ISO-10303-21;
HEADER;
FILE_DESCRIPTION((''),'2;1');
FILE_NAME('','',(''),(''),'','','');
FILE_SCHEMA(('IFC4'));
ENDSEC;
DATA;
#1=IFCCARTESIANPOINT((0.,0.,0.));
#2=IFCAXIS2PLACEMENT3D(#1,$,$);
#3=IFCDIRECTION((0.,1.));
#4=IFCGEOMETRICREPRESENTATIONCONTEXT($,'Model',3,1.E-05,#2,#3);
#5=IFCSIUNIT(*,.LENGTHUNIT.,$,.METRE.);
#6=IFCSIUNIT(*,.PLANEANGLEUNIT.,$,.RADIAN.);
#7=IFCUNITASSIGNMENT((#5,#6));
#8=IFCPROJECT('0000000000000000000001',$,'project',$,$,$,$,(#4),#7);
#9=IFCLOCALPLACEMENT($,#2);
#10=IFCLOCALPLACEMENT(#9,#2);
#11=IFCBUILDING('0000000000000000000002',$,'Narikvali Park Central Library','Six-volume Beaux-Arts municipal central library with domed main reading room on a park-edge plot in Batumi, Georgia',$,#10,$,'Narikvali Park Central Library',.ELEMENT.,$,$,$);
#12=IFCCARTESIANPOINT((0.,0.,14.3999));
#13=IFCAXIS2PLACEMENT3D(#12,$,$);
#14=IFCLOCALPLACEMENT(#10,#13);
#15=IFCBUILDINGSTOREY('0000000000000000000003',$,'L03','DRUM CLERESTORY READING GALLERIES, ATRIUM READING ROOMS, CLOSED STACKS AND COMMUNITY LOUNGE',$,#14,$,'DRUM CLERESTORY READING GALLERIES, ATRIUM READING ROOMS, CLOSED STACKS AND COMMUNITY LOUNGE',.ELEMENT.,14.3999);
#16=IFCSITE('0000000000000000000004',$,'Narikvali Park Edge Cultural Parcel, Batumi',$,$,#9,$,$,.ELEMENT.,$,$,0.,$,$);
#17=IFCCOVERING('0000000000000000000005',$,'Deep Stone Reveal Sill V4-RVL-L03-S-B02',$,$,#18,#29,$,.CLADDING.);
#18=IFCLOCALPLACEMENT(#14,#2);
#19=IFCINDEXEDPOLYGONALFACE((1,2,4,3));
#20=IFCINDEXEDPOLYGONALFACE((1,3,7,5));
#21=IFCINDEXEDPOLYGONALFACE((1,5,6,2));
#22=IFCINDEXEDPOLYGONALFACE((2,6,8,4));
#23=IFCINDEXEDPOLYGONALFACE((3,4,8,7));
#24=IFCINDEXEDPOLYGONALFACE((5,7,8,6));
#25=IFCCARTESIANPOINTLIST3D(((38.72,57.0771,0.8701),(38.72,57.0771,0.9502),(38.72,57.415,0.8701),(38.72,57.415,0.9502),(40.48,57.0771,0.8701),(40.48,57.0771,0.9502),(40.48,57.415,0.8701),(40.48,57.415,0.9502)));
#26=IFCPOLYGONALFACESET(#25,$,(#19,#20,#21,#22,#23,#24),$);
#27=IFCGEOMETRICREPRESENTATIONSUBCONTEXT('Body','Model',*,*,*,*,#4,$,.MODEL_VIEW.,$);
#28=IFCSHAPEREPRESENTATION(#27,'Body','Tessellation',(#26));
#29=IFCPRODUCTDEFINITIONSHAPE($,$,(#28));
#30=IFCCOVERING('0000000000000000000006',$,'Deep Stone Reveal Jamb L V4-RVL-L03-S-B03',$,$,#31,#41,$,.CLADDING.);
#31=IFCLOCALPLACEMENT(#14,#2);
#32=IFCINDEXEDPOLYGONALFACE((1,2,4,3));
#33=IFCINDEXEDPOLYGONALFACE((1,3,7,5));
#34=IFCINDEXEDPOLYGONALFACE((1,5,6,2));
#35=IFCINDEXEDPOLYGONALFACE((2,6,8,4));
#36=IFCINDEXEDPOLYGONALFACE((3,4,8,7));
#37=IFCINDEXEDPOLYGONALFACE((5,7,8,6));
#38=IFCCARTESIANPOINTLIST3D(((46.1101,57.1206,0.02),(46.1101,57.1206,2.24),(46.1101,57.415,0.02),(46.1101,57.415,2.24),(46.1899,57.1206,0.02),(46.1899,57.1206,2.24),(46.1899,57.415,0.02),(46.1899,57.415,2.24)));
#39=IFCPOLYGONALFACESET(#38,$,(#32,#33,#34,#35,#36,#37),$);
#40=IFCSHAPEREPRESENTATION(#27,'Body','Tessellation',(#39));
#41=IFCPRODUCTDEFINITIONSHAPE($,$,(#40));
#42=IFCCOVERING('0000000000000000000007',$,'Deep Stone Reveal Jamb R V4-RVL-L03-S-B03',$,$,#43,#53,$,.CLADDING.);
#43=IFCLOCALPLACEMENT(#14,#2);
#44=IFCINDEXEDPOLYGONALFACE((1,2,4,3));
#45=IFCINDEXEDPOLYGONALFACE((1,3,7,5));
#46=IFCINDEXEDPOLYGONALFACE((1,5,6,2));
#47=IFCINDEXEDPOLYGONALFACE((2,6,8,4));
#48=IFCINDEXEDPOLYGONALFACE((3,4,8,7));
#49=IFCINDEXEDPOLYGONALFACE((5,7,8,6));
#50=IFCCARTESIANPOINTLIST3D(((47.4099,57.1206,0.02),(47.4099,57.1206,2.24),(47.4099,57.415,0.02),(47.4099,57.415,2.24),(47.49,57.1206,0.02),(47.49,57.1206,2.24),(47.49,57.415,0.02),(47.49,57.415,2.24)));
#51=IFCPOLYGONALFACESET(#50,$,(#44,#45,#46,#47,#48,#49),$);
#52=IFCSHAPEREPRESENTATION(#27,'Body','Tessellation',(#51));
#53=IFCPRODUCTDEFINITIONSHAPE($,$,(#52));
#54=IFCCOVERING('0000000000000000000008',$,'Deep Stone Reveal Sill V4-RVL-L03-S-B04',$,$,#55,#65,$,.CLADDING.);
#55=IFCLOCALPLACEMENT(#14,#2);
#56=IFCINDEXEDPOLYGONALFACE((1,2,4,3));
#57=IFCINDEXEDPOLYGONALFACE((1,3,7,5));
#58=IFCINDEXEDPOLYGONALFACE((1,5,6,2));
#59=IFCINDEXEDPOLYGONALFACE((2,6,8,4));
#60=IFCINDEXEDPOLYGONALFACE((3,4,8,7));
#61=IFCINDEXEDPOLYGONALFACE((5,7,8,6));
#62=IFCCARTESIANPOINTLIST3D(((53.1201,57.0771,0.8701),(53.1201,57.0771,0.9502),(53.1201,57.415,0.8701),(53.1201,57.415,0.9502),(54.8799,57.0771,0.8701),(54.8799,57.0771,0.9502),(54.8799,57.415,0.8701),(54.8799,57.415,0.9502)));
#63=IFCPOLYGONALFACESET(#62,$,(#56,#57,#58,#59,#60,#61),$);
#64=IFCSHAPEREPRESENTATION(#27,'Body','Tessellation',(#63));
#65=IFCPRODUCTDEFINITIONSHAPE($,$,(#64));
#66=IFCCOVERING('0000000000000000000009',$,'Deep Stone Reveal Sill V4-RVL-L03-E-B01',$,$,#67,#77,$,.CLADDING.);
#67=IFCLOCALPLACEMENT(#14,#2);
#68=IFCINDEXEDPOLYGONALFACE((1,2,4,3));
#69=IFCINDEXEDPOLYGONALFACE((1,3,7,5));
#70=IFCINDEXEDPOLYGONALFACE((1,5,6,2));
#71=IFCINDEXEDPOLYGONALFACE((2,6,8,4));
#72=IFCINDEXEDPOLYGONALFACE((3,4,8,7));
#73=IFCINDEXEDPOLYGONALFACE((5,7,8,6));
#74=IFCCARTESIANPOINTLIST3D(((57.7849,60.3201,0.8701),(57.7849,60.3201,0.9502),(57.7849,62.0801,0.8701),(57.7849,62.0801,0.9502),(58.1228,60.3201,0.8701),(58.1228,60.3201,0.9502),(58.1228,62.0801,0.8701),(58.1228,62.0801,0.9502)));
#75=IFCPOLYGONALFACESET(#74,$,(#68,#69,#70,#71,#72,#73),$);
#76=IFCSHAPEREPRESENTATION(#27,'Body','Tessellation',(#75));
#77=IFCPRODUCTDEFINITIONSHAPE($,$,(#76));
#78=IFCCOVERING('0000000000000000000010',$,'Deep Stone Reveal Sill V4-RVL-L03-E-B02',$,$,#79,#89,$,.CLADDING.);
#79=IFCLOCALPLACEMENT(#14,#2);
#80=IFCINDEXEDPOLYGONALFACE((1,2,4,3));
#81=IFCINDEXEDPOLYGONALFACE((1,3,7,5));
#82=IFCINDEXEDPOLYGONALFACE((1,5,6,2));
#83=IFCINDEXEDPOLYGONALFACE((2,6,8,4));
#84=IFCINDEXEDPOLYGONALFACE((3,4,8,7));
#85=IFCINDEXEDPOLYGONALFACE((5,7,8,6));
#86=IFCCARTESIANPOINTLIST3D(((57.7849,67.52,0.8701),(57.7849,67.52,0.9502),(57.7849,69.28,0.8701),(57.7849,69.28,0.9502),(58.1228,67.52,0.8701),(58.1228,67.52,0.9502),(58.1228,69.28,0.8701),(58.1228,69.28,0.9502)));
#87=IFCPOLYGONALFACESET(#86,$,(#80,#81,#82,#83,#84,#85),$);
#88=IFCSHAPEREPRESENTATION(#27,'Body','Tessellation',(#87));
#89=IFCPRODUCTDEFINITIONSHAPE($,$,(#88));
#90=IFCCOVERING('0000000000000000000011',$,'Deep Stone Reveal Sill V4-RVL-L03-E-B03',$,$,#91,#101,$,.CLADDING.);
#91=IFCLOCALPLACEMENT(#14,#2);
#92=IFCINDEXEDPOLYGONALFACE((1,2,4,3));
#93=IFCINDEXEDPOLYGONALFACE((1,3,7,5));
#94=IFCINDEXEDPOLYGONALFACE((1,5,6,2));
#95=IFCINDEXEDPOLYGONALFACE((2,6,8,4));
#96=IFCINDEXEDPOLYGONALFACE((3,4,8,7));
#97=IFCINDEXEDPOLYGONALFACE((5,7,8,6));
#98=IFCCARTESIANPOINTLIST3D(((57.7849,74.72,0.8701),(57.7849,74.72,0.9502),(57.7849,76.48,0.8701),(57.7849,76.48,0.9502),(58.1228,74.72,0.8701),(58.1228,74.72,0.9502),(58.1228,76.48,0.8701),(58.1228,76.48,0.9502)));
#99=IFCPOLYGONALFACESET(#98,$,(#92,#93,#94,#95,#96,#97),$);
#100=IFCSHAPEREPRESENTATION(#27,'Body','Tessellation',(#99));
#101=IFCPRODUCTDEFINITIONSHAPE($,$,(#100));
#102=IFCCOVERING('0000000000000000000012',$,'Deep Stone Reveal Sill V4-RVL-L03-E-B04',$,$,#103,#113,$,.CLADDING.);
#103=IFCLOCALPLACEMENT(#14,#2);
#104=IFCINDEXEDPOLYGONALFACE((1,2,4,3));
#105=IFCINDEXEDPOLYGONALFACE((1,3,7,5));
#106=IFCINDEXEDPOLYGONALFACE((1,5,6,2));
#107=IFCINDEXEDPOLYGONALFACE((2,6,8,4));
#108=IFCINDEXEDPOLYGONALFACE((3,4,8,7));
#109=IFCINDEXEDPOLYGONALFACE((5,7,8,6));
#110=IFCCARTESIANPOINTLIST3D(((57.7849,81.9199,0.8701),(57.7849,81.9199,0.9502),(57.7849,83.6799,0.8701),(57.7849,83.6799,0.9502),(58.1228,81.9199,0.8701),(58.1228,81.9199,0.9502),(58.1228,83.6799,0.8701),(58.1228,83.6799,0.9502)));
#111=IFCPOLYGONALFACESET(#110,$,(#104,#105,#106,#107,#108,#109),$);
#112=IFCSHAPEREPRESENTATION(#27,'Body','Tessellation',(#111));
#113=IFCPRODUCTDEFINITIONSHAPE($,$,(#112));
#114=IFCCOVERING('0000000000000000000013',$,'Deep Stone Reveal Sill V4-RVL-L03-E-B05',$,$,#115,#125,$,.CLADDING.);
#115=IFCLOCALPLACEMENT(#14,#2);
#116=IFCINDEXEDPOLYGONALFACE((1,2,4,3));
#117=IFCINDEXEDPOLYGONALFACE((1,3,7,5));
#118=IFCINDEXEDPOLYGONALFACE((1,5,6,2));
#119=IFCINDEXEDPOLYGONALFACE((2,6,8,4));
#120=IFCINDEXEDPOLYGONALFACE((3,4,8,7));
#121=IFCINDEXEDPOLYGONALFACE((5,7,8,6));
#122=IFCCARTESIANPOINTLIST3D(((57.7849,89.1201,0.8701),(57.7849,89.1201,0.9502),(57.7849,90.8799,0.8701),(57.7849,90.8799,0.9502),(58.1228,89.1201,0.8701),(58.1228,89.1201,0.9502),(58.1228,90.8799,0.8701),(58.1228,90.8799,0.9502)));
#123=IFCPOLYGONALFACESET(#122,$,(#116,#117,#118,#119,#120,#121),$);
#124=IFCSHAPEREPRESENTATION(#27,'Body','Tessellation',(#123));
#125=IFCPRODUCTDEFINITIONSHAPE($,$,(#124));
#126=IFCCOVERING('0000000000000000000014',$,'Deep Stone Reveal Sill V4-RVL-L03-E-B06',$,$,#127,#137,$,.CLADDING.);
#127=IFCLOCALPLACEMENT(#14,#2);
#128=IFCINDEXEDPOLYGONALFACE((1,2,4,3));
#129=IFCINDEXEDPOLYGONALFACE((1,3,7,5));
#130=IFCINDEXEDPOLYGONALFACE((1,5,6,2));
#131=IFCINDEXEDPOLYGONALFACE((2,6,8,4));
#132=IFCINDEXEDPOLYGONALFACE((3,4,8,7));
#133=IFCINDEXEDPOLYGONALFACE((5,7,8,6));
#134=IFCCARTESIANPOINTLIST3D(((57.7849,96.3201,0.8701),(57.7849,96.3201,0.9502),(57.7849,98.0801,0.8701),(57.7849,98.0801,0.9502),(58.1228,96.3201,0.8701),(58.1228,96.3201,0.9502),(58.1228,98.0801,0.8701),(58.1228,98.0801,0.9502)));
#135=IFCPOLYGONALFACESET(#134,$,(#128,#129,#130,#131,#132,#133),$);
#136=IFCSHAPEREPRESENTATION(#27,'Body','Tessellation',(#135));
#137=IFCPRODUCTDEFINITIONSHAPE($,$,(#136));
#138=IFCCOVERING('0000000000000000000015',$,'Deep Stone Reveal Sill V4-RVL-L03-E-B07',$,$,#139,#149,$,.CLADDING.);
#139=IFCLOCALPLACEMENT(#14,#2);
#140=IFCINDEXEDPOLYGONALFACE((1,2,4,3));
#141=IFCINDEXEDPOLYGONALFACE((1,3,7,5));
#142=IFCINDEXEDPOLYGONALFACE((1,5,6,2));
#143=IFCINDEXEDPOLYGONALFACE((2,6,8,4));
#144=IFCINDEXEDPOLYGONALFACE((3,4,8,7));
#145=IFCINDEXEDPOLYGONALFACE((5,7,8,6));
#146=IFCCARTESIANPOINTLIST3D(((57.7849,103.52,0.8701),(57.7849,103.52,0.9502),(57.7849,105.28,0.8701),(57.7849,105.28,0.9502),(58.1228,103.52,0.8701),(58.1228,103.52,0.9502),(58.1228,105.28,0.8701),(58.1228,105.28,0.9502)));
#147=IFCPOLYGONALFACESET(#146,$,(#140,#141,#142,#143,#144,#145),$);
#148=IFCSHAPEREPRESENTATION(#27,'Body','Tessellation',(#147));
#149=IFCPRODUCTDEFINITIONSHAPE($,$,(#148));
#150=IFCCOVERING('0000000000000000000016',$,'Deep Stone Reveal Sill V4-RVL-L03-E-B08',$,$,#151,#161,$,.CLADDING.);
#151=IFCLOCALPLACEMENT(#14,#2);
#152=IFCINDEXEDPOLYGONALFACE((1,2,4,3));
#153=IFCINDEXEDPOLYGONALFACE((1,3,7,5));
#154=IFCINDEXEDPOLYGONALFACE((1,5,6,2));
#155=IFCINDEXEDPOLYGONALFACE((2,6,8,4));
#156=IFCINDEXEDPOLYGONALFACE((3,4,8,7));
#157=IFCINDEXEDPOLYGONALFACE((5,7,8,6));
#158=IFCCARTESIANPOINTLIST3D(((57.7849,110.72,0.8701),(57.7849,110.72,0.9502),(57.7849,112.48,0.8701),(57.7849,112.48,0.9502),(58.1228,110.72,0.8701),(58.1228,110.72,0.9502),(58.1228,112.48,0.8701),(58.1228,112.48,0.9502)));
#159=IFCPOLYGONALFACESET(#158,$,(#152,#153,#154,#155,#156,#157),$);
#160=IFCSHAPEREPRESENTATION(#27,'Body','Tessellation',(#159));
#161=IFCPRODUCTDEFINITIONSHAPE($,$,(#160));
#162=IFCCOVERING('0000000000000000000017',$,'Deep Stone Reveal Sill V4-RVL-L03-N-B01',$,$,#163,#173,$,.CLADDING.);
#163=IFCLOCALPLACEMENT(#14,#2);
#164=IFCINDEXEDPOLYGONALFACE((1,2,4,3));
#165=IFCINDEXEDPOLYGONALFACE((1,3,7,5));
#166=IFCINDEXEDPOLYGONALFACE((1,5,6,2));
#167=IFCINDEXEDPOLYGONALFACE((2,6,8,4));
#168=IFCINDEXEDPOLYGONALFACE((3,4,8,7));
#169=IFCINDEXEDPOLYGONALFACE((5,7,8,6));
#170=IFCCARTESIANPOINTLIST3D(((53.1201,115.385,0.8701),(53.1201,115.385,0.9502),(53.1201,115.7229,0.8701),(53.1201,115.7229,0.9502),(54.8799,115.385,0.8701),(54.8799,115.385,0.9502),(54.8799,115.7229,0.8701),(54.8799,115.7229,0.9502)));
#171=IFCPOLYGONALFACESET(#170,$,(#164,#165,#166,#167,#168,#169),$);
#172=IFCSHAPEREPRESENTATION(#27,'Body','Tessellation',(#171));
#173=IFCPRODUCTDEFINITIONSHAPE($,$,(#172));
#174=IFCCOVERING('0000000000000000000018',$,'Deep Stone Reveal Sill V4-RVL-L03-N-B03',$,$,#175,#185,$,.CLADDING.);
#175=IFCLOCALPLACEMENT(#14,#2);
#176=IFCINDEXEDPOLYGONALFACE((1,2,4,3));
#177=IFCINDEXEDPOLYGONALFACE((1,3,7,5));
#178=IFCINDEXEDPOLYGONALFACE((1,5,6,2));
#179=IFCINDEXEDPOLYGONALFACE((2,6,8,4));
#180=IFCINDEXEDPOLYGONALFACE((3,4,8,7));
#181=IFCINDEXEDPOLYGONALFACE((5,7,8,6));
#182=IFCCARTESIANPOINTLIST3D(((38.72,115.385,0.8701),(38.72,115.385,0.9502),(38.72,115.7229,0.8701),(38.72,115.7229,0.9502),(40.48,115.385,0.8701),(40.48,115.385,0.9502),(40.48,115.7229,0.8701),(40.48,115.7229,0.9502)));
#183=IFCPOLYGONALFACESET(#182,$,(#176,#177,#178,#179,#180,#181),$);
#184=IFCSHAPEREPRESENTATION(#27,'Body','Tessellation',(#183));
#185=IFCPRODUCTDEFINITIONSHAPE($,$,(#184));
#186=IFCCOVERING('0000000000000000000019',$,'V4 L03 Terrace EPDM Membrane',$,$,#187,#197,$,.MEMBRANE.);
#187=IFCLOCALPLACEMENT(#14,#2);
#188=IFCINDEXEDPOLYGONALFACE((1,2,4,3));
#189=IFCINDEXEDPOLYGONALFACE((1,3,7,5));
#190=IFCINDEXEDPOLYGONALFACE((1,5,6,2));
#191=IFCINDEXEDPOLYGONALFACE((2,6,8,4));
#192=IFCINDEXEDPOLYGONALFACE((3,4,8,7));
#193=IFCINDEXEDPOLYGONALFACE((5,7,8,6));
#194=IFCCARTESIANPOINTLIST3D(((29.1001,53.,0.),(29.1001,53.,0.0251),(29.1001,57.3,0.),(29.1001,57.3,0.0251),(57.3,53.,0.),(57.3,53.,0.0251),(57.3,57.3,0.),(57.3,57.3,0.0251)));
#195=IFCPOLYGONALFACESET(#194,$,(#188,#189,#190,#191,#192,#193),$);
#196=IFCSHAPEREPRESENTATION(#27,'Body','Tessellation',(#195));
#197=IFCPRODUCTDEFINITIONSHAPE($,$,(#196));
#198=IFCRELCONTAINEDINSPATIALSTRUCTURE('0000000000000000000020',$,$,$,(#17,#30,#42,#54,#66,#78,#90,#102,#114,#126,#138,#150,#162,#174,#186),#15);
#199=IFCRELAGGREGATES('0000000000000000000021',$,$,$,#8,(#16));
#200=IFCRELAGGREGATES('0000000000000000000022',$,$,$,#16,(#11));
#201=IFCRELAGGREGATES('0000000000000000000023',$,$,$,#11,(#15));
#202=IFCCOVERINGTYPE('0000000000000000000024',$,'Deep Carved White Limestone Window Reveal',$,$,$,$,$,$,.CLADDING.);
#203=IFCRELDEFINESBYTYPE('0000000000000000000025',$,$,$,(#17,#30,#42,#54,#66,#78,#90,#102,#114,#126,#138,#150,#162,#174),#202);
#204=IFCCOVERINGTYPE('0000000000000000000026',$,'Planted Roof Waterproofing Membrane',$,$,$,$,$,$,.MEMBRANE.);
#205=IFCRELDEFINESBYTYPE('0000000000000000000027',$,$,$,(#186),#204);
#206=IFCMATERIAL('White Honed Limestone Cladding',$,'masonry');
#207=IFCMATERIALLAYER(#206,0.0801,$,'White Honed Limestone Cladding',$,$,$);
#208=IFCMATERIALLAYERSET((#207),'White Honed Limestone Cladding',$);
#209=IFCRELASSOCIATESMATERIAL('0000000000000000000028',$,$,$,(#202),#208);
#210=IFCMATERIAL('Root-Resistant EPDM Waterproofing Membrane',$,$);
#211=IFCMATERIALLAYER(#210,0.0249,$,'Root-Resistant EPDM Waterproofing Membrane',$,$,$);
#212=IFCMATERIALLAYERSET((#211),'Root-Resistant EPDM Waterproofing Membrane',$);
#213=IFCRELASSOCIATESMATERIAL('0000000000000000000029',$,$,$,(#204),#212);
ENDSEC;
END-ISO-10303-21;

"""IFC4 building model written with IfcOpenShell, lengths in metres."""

from ifc_helpers import new_model, si_unit, direction, frame, origin, place, context, subcontext, project, spatial, polyline, outline, extrude, material, layer, layer_set, type_object, element, save


model = new_model("IFC4")

# Units and contexts
model_context = context("Model", 3, precision=1e-05, world=origin(), true_north=direction((0.0, 1.0)))
body_context = subcontext(model_context, "Body", "Model", "MODEL_VIEW")
ifc_project = project(units=[si_unit("LENGTHUNIT", "METRE"), si_unit("PLANEANGLEUNIT", "RADIAN")], contexts=[model_context])

# Site, building, storey
site_placement = place(None, origin())
site = spatial("IfcSite", under=ifc_project, at=site_placement, Name="Narikvali Park Edge Cultural Parcel, Batumi", CompositionType="ELEMENT", RefElevation=0.0)
building_placement = place(site_placement, origin())
building = spatial("IfcBuilding", under=site, at=building_placement, Name="Narikvali Park Central Library", Description="Six-volume Beaux-Arts municipal central library with domed main reading room on a park-edge plot in Batumi, Georgia", LongName="Narikvali Park Central Library", CompositionType="ELEMENT")
storey_placement = place(building_placement, frame((0.0, 0.0, 14.3999)))
storey = spatial("IfcBuildingStorey", under=building, at=storey_placement, Name="L03", Description="DRUM CLERESTORY READING GALLERIES, ATRIUM READING ROOMS, CLOSED STACKS AND COMMUNITY LOUNGE", LongName="DRUM CLERESTORY READING GALLERIES, ATRIUM READING ROOMS, CLOSED STACKS AND COMMUNITY LOUNGE", CompositionType="ELEMENT", Elevation=14.3999)

# Coverings
ifc_material_1 = material(Name="White Honed Limestone Cladding", Category="masonry")
ifc_layer_1 = layer(ifc_material_1, 0.0801, Name="White Honed Limestone Cladding")
ifc_layer_set_1 = layer_set([ifc_layer_1], Name="White Honed Limestone Cladding")
covering_type_1 = type_object("IfcCoveringType", Name="Deep Carved White Limestone Window Reveal", PredefinedType="CLADDING", material=ifc_layer_set_1)
covering_1_placement = place(storey_placement, frame((0.0, 0.0, 0.8701)))
element("IfcCovering", 1, at=covering_1_placement, inside=storey, type_object=covering_type_1, Name="Deep Stone Reveal Sill V4-RVL-L03-S-B02", PredefinedType="CLADDING", context=body_context, shape_type="SweptSolid", body=[
    extrude(outline(polyline([(38.72, 57.415), (40.48, 57.415), (40.48, 57.0771), (38.72, 57.0771), (38.72, 57.415)])), origin(), (0.0, 0.0, 1.0), 0.0801),
])
covering_2_placement = place(storey_placement, frame((0.0, 0.0, 0.02)))
element("IfcCovering", 2, at=covering_2_placement, inside=storey, type_object=covering_type_1, Name="Deep Stone Reveal Jamb L V4-RVL-L03-S-B03", PredefinedType="CLADDING", context=body_context, shape_type="SweptSolid", body=[
    extrude(outline(polyline([(46.1101, 57.415), (46.1899, 57.415), (46.1899, 57.1206), (46.1101, 57.1206), (46.1101, 57.415)])), origin(), (0.0, 0.0, 1.0), 2.22),
])
covering_3_placement = place(storey_placement, frame((0.0, 0.0, 0.02)))
element("IfcCovering", 3, at=covering_3_placement, inside=storey, type_object=covering_type_1, Name="Deep Stone Reveal Jamb R V4-RVL-L03-S-B03", PredefinedType="CLADDING", context=body_context, shape_type="SweptSolid", body=[
    extrude(outline(polyline([(47.4099, 57.415), (47.49, 57.415), (47.49, 57.1206), (47.4099, 57.1206), (47.4099, 57.415)])), origin(), (0.0, 0.0, 1.0), 2.22),
])
covering_4_placement = place(storey_placement, frame((0.0, 0.0, 0.8701)))
element("IfcCovering", 4, at=covering_4_placement, inside=storey, type_object=covering_type_1, Name="Deep Stone Reveal Sill V4-RVL-L03-S-B04", PredefinedType="CLADDING", context=body_context, shape_type="SweptSolid", body=[
    extrude(outline(polyline([(53.1201, 57.415), (54.8799, 57.415), (54.8799, 57.0771), (53.1201, 57.0771), (53.1201, 57.415)])), origin(), (0.0, 0.0, 1.0), 0.0801),
])
covering_5_placement = place(storey_placement, frame((0.0, 0.0, 0.8701)))
element("IfcCovering", 5, at=covering_5_placement, inside=storey, type_object=covering_type_1, Name="Deep Stone Reveal Sill V4-RVL-L03-E-B01", PredefinedType="CLADDING", context=body_context, shape_type="SweptSolid", body=[
    extrude(outline(polyline([(57.7849, 60.3201), (57.7849, 62.0801), (58.1228, 62.0801), (58.1228, 60.3201), (57.7849, 60.3201)])), origin(), (0.0, 0.0, 1.0), 0.0801),
])
covering_6_placement = place(storey_placement, frame((0.0, 0.0, 0.8701)))
element("IfcCovering", 6, at=covering_6_placement, inside=storey, type_object=covering_type_1, Name="Deep Stone Reveal Sill V4-RVL-L03-E-B02", PredefinedType="CLADDING", context=body_context, shape_type="SweptSolid", body=[
    extrude(outline(polyline([(57.7849, 67.52), (57.7849, 69.28), (58.1228, 69.28), (58.1228, 67.52), (57.7849, 67.52)])), origin(), (0.0, 0.0, 1.0), 0.0801),
])
covering_7_placement = place(storey_placement, frame((0.0, 0.0, 0.8701)))
element("IfcCovering", 7, at=covering_7_placement, inside=storey, type_object=covering_type_1, Name="Deep Stone Reveal Sill V4-RVL-L03-E-B03", PredefinedType="CLADDING", context=body_context, shape_type="SweptSolid", body=[
    extrude(outline(polyline([(57.7849, 74.72), (57.7849, 76.48), (58.1228, 76.48), (58.1228, 74.72), (57.7849, 74.72)])), origin(), (0.0, 0.0, 1.0), 0.0801),
])
covering_8_placement = place(storey_placement, frame((0.0, 0.0, 0.8701)))
element("IfcCovering", 8, at=covering_8_placement, inside=storey, type_object=covering_type_1, Name="Deep Stone Reveal Sill V4-RVL-L03-E-B04", PredefinedType="CLADDING", context=body_context, shape_type="SweptSolid", body=[
    extrude(outline(polyline([(57.7849, 81.9199), (57.7849, 83.6799), (58.1228, 83.6799), (58.1228, 81.9199), (57.7849, 81.9199)])), origin(), (0.0, 0.0, 1.0), 0.0801),
])
covering_9_placement = place(storey_placement, frame((0.0, 0.0, 0.8701)))
element("IfcCovering", 9, at=covering_9_placement, inside=storey, type_object=covering_type_1, Name="Deep Stone Reveal Sill V4-RVL-L03-E-B05", PredefinedType="CLADDING", context=body_context, shape_type="SweptSolid", body=[
    extrude(outline(polyline([(57.7849, 89.1201), (57.7849, 90.8799), (58.1228, 90.8799), (58.1228, 89.1201), (57.7849, 89.1201)])), origin(), (0.0, 0.0, 1.0), 0.0801),
])
covering_10_placement = place(storey_placement, frame((0.0, 0.0, 0.8701)))
element("IfcCovering", 10, at=covering_10_placement, inside=storey, type_object=covering_type_1, Name="Deep Stone Reveal Sill V4-RVL-L03-E-B06", PredefinedType="CLADDING", context=body_context, shape_type="SweptSolid", body=[
    extrude(outline(polyline([(57.7849, 96.3201), (57.7849, 98.0801), (58.1228, 98.0801), (58.1228, 96.3201), (57.7849, 96.3201)])), origin(), (0.0, 0.0, 1.0), 0.0801),
])
covering_11_placement = place(storey_placement, frame((0.0, 0.0, 0.8701)))
element("IfcCovering", 11, at=covering_11_placement, inside=storey, type_object=covering_type_1, Name="Deep Stone Reveal Sill V4-RVL-L03-E-B07", PredefinedType="CLADDING", context=body_context, shape_type="SweptSolid", body=[
    extrude(outline(polyline([(57.7849, 103.52), (57.7849, 105.28), (58.1228, 105.28), (58.1228, 103.52), (57.7849, 103.52)])), origin(), (0.0, 0.0, 1.0), 0.0801),
])
covering_12_placement = place(storey_placement, frame((0.0, 0.0, 0.8701)))
element("IfcCovering", 12, at=covering_12_placement, inside=storey, type_object=covering_type_1, Name="Deep Stone Reveal Sill V4-RVL-L03-E-B08", PredefinedType="CLADDING", context=body_context, shape_type="SweptSolid", body=[
    extrude(outline(polyline([(57.7849, 110.72), (57.7849, 112.48), (58.1228, 112.48), (58.1228, 110.72), (57.7849, 110.72)])), origin(), (0.0, 0.0, 1.0), 0.0801),
])
covering_13_placement = place(storey_placement, frame((0.0, 0.0, 0.8701)))
element("IfcCovering", 13, at=covering_13_placement, inside=storey, type_object=covering_type_1, Name="Deep Stone Reveal Sill V4-RVL-L03-N-B01", PredefinedType="CLADDING", context=body_context, shape_type="SweptSolid", body=[
    extrude(outline(polyline([(54.8799, 115.385), (53.1201, 115.385), (53.1201, 115.7229), (54.8799, 115.7229), (54.8799, 115.385)])), origin(), (0.0, 0.0, 1.0), 0.0801),
])
covering_14_placement = place(storey_placement, frame((0.0, 0.0, 0.8701)))
element("IfcCovering", 14, at=covering_14_placement, inside=storey, type_object=covering_type_1, Name="Deep Stone Reveal Sill V4-RVL-L03-N-B03", PredefinedType="CLADDING", context=body_context, shape_type="SweptSolid", body=[
    extrude(outline(polyline([(40.48, 115.385), (38.72, 115.385), (38.72, 115.7229), (40.48, 115.7229), (40.48, 115.385)])), origin(), (0.0, 0.0, 1.0), 0.0801),
])
ifc_material_2 = material(Name="Root-Resistant EPDM Waterproofing Membrane")
ifc_layer_2 = layer(ifc_material_2, 0.0249, Name="Root-Resistant EPDM Waterproofing Membrane")
ifc_layer_set_2 = layer_set([ifc_layer_2], Name="Root-Resistant EPDM Waterproofing Membrane")
covering_type_2 = type_object("IfcCoveringType", Name="Planted Roof Waterproofing Membrane", PredefinedType="MEMBRANE", material=ifc_layer_set_2)
covering_15_placement = place(storey_placement, origin())
element("IfcCovering", 15, at=covering_15_placement, inside=storey, type_object=covering_type_2, Name="V4 L03 Terrace EPDM Membrane", PredefinedType="MEMBRANE", context=body_context, shape_type="SweptSolid", body=[
    extrude(outline(polyline([(29.1001, 53.0), (57.3, 53.0), (57.3, 57.3), (29.1001, 57.3), (29.1001, 53.0)])), origin(), (0.0, 0.0, 1.0), 0.0251),
])

save(model, "model.ifc")
